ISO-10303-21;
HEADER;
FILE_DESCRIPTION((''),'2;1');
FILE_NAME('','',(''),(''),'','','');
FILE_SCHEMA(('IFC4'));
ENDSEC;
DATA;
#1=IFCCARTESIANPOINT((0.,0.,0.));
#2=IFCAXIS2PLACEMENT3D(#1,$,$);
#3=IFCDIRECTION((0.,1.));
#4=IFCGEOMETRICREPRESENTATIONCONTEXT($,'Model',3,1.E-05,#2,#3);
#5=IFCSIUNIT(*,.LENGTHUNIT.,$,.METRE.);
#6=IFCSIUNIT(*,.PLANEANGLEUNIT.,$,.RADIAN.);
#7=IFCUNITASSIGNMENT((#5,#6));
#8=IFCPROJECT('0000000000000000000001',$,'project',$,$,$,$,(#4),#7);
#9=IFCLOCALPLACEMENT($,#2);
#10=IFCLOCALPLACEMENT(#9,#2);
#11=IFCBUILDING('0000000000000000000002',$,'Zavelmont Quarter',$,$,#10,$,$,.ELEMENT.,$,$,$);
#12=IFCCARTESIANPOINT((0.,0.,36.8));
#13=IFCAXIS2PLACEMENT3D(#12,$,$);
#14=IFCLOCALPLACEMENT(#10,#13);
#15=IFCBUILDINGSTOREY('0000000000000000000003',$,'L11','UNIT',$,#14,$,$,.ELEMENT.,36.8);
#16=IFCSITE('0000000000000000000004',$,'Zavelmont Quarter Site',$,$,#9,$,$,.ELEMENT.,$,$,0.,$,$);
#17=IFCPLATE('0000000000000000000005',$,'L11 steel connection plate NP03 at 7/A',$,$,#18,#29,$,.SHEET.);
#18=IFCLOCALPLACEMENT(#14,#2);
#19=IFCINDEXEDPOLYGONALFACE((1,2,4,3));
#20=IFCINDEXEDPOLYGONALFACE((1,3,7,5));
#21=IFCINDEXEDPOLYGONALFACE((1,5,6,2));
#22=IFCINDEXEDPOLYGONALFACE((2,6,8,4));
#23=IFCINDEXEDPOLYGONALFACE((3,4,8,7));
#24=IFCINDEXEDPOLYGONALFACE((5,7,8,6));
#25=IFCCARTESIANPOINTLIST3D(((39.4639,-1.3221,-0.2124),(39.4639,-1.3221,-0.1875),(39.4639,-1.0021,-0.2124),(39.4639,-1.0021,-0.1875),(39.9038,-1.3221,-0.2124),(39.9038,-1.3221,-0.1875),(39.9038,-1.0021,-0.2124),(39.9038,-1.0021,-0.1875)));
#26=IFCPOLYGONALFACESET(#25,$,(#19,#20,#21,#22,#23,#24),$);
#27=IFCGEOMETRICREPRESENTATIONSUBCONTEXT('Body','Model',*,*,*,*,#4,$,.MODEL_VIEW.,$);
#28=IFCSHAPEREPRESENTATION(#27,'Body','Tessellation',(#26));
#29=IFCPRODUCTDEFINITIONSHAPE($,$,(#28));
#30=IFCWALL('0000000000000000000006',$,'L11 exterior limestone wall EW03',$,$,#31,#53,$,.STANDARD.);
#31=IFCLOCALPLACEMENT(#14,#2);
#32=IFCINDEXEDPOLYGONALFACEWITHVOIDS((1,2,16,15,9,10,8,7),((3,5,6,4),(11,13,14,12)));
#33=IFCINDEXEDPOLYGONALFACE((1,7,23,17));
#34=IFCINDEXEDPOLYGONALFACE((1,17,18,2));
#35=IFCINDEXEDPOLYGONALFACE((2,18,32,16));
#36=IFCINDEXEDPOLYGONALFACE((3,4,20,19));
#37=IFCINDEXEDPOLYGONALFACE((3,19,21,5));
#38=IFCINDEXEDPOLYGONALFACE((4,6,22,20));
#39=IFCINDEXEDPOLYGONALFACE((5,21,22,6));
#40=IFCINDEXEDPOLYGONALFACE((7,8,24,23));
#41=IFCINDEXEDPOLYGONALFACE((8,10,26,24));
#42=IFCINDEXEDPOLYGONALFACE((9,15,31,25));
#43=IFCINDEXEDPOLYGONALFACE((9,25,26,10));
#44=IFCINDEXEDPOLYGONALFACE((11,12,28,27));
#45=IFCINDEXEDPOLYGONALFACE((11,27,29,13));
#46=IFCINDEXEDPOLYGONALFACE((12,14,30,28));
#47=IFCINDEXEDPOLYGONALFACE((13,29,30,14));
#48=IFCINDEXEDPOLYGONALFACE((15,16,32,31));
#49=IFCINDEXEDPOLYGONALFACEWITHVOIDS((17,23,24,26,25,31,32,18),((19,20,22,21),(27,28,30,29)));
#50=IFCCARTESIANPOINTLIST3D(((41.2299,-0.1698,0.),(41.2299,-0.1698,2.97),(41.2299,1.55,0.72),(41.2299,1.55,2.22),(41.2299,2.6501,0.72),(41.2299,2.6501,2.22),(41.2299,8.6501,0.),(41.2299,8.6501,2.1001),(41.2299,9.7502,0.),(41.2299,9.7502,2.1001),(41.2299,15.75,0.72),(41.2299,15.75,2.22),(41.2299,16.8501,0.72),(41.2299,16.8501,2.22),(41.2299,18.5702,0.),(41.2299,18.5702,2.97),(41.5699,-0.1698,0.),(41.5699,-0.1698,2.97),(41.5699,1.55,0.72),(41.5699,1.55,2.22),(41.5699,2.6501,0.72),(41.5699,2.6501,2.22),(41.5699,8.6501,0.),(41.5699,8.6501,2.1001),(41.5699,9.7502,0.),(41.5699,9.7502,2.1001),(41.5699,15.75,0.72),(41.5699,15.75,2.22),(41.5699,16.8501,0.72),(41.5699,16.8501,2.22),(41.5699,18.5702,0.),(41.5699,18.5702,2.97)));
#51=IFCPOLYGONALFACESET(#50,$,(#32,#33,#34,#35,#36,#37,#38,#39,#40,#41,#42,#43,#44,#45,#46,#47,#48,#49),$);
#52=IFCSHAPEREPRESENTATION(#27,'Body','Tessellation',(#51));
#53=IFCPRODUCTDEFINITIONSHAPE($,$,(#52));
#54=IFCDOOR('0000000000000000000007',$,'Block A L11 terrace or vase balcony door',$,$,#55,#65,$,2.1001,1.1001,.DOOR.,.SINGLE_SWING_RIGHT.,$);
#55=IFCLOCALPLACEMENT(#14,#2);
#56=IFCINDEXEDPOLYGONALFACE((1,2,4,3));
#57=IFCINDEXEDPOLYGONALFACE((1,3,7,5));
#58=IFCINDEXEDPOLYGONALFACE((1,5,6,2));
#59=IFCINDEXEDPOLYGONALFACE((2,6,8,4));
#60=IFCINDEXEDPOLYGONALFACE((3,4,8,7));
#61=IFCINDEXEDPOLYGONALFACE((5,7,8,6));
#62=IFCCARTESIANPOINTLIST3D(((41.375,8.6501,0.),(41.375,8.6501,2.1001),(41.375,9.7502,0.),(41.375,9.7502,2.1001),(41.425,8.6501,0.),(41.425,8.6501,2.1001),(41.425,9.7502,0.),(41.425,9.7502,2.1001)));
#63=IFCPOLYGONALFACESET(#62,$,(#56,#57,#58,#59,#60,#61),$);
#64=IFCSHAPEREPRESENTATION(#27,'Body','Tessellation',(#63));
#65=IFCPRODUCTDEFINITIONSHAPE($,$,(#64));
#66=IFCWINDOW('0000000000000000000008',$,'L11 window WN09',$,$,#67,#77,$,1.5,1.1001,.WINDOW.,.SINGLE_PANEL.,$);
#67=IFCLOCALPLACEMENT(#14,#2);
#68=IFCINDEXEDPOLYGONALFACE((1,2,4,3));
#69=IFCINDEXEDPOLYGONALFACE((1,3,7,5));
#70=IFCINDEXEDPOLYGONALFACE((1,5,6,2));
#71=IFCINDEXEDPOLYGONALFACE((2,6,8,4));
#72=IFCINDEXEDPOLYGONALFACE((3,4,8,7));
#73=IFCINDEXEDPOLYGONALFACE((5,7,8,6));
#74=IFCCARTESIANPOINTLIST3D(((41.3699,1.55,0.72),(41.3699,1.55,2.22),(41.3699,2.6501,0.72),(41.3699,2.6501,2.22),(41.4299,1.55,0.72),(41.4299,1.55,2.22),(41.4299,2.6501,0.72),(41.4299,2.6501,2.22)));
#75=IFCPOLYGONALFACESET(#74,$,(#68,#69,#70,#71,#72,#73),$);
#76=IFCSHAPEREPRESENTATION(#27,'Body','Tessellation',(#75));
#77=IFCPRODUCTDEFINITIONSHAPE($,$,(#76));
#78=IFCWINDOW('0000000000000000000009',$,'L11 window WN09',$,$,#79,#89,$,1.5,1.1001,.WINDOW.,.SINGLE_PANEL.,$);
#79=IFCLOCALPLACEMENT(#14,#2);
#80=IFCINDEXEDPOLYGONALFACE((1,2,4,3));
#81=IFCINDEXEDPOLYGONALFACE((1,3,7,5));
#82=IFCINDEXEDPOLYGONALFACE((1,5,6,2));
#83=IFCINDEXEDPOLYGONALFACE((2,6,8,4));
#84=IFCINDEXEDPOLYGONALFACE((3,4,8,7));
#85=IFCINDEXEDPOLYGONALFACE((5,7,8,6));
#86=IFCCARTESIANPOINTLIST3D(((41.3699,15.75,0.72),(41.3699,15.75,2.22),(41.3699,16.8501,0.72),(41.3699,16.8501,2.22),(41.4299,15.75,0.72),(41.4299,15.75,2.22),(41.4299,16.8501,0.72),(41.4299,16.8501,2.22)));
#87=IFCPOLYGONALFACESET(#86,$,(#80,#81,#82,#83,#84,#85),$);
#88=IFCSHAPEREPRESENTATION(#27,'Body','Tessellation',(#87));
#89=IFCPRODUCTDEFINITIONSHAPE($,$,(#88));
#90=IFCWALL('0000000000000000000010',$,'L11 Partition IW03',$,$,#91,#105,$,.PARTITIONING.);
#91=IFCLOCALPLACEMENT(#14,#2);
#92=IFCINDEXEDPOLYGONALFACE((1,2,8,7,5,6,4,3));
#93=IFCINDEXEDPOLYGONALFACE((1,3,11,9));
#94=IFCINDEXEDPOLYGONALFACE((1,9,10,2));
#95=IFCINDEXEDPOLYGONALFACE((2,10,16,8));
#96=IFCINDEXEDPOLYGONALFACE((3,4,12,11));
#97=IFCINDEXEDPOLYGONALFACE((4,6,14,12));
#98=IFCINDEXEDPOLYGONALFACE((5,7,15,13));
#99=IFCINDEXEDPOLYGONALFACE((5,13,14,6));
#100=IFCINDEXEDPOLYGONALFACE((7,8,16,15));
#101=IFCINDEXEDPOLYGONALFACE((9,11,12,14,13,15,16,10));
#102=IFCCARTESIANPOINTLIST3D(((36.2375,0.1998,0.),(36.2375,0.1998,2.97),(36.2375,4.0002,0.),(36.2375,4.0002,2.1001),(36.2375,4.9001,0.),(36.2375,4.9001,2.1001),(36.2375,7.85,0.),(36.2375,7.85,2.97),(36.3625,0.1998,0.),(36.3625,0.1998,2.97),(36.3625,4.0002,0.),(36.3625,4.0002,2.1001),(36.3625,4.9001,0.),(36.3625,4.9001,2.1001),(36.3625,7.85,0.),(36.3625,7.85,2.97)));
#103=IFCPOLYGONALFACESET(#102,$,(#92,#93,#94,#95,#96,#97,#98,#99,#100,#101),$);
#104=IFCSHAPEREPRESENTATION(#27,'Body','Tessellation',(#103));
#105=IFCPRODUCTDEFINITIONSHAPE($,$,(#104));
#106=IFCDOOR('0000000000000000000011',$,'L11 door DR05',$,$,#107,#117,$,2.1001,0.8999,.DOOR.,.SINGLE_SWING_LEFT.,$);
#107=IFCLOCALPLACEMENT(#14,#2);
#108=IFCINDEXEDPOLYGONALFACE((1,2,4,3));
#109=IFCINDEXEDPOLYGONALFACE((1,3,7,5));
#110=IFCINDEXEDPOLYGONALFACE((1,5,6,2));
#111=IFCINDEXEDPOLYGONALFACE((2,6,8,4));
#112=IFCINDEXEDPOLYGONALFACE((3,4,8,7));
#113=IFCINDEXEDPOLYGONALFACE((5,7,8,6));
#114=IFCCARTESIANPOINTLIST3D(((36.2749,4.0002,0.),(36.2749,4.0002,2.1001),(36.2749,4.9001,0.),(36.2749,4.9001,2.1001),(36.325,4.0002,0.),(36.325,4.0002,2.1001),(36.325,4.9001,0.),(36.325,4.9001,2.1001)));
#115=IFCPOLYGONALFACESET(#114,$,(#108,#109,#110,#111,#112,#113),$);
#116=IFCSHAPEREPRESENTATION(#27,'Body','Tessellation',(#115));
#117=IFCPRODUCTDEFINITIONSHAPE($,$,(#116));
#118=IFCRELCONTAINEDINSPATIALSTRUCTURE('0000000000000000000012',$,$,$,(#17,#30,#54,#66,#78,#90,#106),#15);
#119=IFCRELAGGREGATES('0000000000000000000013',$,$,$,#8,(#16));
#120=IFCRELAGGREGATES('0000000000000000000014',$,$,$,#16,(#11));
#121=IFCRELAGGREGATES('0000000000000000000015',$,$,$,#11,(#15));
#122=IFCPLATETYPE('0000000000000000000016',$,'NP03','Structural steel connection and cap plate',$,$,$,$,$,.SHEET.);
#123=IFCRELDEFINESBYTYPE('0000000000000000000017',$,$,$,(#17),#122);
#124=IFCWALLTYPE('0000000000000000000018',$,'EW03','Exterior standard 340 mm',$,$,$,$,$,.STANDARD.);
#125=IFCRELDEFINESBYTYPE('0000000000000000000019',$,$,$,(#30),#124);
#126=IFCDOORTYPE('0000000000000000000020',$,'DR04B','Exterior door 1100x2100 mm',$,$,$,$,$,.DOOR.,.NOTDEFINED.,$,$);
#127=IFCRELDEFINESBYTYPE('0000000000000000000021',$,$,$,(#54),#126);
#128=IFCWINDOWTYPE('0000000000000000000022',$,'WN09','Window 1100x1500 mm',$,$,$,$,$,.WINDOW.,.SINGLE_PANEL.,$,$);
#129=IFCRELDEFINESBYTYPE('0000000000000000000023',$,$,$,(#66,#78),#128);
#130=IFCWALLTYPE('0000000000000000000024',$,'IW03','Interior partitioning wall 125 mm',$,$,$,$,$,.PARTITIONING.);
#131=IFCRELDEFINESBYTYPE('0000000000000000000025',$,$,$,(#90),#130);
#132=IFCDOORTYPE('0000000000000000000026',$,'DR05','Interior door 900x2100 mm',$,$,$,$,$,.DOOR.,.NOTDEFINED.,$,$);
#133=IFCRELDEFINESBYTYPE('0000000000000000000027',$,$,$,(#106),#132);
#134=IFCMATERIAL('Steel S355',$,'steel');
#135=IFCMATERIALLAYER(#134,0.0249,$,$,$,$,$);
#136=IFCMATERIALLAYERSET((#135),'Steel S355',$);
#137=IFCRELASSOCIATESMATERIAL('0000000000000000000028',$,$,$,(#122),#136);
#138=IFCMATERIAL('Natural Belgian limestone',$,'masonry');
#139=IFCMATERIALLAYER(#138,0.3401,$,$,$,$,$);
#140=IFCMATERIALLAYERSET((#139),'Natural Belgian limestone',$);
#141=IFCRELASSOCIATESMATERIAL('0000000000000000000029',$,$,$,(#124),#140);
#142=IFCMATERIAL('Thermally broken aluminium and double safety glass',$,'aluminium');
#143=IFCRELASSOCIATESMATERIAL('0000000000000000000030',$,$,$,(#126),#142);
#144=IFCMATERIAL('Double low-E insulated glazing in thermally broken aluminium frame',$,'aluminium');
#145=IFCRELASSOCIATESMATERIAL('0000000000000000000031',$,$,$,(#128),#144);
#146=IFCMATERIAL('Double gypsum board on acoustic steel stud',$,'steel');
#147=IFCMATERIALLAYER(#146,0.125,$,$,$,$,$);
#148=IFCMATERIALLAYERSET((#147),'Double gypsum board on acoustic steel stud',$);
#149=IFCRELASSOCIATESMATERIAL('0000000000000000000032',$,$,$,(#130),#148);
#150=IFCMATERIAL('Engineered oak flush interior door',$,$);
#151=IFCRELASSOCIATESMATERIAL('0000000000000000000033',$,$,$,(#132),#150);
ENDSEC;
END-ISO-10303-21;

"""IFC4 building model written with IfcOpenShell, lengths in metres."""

from ifc_helpers import new_model, si_unit, direction, frame, frame_2d, origin, origin_with_axes, origin_2d, place, context, subcontext, project, spatial, rectangle, extrude, material, layer, layer_set, type_object, element, fill, save


model = new_model("IFC4")

# Units and contexts
model_context = context("Model", 3, precision=1e-05, world=origin(), true_north=direction((0.0, 1.0)))
body_context = subcontext(model_context, "Body", "Model", "MODEL_VIEW")
ifc_project = project(units=[si_unit("LENGTHUNIT", "METRE"), si_unit("PLANEANGLEUNIT", "RADIAN")], contexts=[model_context])

# Site, building, storey
site_placement = place(None, origin())
site = spatial("IfcSite", under=ifc_project, at=site_placement, Name="Zavelmont Quarter Site", CompositionType="ELEMENT", RefElevation=0.0)
building_placement = place(site_placement, origin())
building = spatial("IfcBuilding", under=site, at=building_placement, Name="Zavelmont Quarter", CompositionType="ELEMENT")
storey_placement = place(building_placement, frame((0.0, 0.0, 36.8)))
storey = spatial("IfcBuildingStorey", under=building, at=storey_placement, Name="L11", Description="UNIT", CompositionType="ELEMENT", Elevation=36.8)

# Shared definitions
ifc_material_1 = material(Name="Steel S355", Category="steel")

# Plate
ifc_layer_1 = layer(ifc_material_1, 0.0249)
ifc_layer_set_1 = layer_set([ifc_layer_1], Name="Steel S355")
plate_type = type_object("IfcPlateType", Name="NP03", Description="Structural steel connection and cap plate", PredefinedType="SHEET", material=ifc_layer_set_1)
plate_placement = place(storey_placement, frame((39.6838, -1.1621, -0.2124), z_axis=(0.0, 0.0, 1.0), x_axis=(1.0, 0.0, 0.0)))
element("IfcPlate", 1, at=plate_placement, inside=storey, type_object=plate_type, Name="L11 steel connection plate NP03 at 7/A", PredefinedType="SHEET", context=body_context, shape_type="SweptSolid", body=[
    extrude(rectangle(XDim=0.4399, YDim=0.3201, at=origin_2d()), origin(), (0.0, 0.0, 1.0), 0.0249),
])

# Wall, openings, door, windows
ifc_material_2 = material(Name="Natural Belgian limestone", Category="masonry")
ifc_layer_2 = layer(ifc_material_2, 0.3401)
ifc_layer_set_2 = layer_set([ifc_layer_2], Name="Natural Belgian limestone")
wall_type_1 = type_object("IfcWallType", Name="EW03", Description="Exterior standard 340 mm", PredefinedType="STANDARD", material=ifc_layer_set_2)
wall_1_placement = place(storey_placement, frame((41.3999, -0.1699, 0.0), z_axis=(0.0, 0.0, 1.0), x_axis=(0.0, 1.0, 0.0)))
wall_1 = element("IfcWall", 2, at=wall_1_placement, inside=storey, type_object=wall_type_1, Name="L11 exterior limestone wall EW03", PredefinedType="STANDARD", context=body_context, shape_type="SweptSolid", body=[
    extrude(rectangle(XDim=18.74, YDim=0.3401, at=frame_2d((9.3701, 0.0))), origin(), (0.0, 0.0, 1.0), 2.97),
])
opening_1_placement = place(wall_1_placement, frame((8.8201, 0.0, 0.0)))
opening_1 = element("IfcOpeningElement", 3, at=opening_1_placement, cuts=wall_1, PredefinedType="OPENING", context=body_context, shape_type="SweptSolid", body=[
    extrude(rectangle(XDim=1.1001, YDim=2.1001, at=frame_2d((0.55, 1.05))), frame((0.0, 0.1821, 0.0), z_axis=(0.0, -1.0, 0.0), x_axis=(1.0, 0.0, 0.0)), (0.0, 0.0, 1.0), 0.364),
])
opening_2_placement = place(wall_1_placement, frame((1.72, 0.0, 0.72)))
opening_2 = element("IfcOpeningElement", 4, at=opening_2_placement, cuts=wall_1, PredefinedType="OPENING", context=body_context, shape_type="SweptSolid", body=[
    extrude(rectangle(XDim=1.1001, YDim=1.5, at=frame_2d((0.55, 0.75))), frame((0.0, 0.1821, 0.0), z_axis=(0.0, -1.0, 0.0), x_axis=(1.0, 0.0, 0.0)), (0.0, 0.0, 1.0), 0.364),
])
opening_3_placement = place(wall_1_placement, frame((15.9199, 0.0, 0.72)))
opening_3 = element("IfcOpeningElement", 5, at=opening_3_placement, cuts=wall_1, PredefinedType="OPENING", context=body_context, shape_type="SweptSolid", body=[
    extrude(rectangle(XDim=1.1001, YDim=1.5, at=frame_2d((0.55, 0.75))), frame((0.0, 0.1821, 0.0), z_axis=(0.0, -1.0, 0.0), x_axis=(1.0, 0.0, 0.0)), (0.0, 0.0, 1.0), 0.364),
])
ifc_material_3 = material(Name="Thermally broken aluminium and double safety glass", Category="aluminium")
door_type_1 = type_object("IfcDoorType", Name="DR04B", Description="Exterior door 1100x2100 mm", OperationType="NOTDEFINED", PredefinedType="DOOR", material=ifc_material_3)
door_1_placement = place(opening_1_placement, origin_with_axes())
door_1 = element("IfcDoor", 6, at=door_1_placement, inside=storey, type_object=door_type_1, Name="Block A L11 terrace or vase balcony door", OperationType="SINGLE_SWING_RIGHT", OverallHeight=2.1001, OverallWidth=1.1001, PredefinedType="DOOR", context=body_context, shape_type="SweptSolid", body=[
    extrude(rectangle(XDim=1.1001, YDim=2.1001, at=frame_2d((0.55, 1.05))), frame((0.0, 0.0249, 0.0), z_axis=(0.0, -1.0, 0.0), x_axis=(1.0, 0.0, 0.0)), (0.0, 0.0, 1.0), 0.05),
])
fill(opening_1, door_1)
ifc_material_4 = material(Name="Double low-E insulated glazing in thermally broken aluminium frame", Category="aluminium")
window_type = type_object("IfcWindowType", Name="WN09", Description="Window 1100x1500 mm", PartitioningType="SINGLE_PANEL", PredefinedType="WINDOW", material=ifc_material_4)
window_1_placement = place(opening_2_placement, origin_with_axes())
window_1 = element("IfcWindow", 7, at=window_1_placement, inside=storey, type_object=window_type, Name="L11 window WN09", OverallHeight=1.5, OverallWidth=1.1001, PartitioningType="SINGLE_PANEL", PredefinedType="WINDOW", context=body_context, shape_type="SweptSolid", body=[
    extrude(rectangle(XDim=1.1001, YDim=1.5, at=frame_2d((0.55, 0.75))), frame((0.0, 0.03, 0.0), z_axis=(0.0, -1.0, 0.0), x_axis=(1.0, 0.0, 0.0)), (0.0, 0.0, 1.0), 0.0601),
])
fill(opening_2, window_1)
window_2_placement = place(opening_3_placement, origin_with_axes())
window_2 = element("IfcWindow", 8, at=window_2_placement, inside=storey, type_object=window_type, Name="L11 window WN09", OverallHeight=1.5, OverallWidth=1.1001, PartitioningType="SINGLE_PANEL", PredefinedType="WINDOW", context=body_context, shape_type="SweptSolid", body=[
    extrude(rectangle(XDim=1.1001, YDim=1.5, at=frame_2d((0.55, 0.75))), frame((0.0, 0.03, 0.0), z_axis=(0.0, -1.0, 0.0), x_axis=(1.0, 0.0, 0.0)), (0.0, 0.0, 1.0), 0.0601),
])
fill(opening_3, window_2)

# Wall, opening, door
ifc_material_5 = material(Name="Double gypsum board on acoustic steel stud", Category="steel")
ifc_layer_3 = layer(ifc_material_5, 0.125)
ifc_layer_set_3 = layer_set([ifc_layer_3], Name="Double gypsum board on acoustic steel stud")
wall_type_2 = type_object("IfcWallType", Name="IW03", Description="Interior partitioning wall 125 mm", PredefinedType="PARTITIONING", material=ifc_layer_set_3)
wall_2_placement = place(storey_placement, frame((36.3, 7.8501, 0.0), z_axis=(0.0, 0.0, 1.0), x_axis=(0.0, -1.0, 0.0)))
wall_2 = element("IfcWall", 9, at=wall_2_placement, inside=storey, type_object=wall_type_2, Name="L11 Partition IW03", PredefinedType="PARTITIONING", context=body_context, shape_type="SweptSolid", body=[
    extrude(rectangle(XDim=7.6501, YDim=0.125, at=frame_2d((3.8252, 0.0))), origin(), (0.0, 0.0, 1.0), 2.97),
])
opening_4_placement = place(wall_2_placement, frame((2.95, 0.0, 0.0)))
opening_4 = element("IfcOpeningElement", 10, at=opening_4_placement, cuts=wall_2, PredefinedType="OPENING", context=body_context, shape_type="SweptSolid", body=[
    extrude(rectangle(XDim=0.8999, YDim=2.1001, at=frame_2d((0.45, 1.05))), frame((0.0, 0.0745, 0.0), z_axis=(0.0, -1.0, 0.0), x_axis=(1.0, 0.0, 0.0)), (0.0, 0.0, 1.0), 0.1489),
])
ifc_material_6 = material(Name="Engineered oak flush interior door")
door_type_2 = type_object("IfcDoorType", Name="DR05", Description="Interior door 900x2100 mm", OperationType="NOTDEFINED", PredefinedType="DOOR", material=ifc_material_6)
door_2_placement = place(opening_4_placement, origin_with_axes())
door_2 = element("IfcDoor", 11, at=door_2_placement, inside=storey, type_object=door_type_2, Name="L11 door DR05", OperationType="SINGLE_SWING_LEFT", OverallHeight=2.1001, OverallWidth=0.8999, PredefinedType="DOOR", context=body_context, shape_type="SweptSolid", body=[
    extrude(rectangle(XDim=0.8999, YDim=2.1001, at=frame_2d((0.45, 1.05))), frame((0.0, 0.0249, 0.0), z_axis=(0.0, -1.0, 0.0), x_axis=(1.0, 0.0, 0.0)), (0.0, 0.0, 1.0), 0.05),
])
fill(opening_4, door_2)

save(model, "model.ifc")
